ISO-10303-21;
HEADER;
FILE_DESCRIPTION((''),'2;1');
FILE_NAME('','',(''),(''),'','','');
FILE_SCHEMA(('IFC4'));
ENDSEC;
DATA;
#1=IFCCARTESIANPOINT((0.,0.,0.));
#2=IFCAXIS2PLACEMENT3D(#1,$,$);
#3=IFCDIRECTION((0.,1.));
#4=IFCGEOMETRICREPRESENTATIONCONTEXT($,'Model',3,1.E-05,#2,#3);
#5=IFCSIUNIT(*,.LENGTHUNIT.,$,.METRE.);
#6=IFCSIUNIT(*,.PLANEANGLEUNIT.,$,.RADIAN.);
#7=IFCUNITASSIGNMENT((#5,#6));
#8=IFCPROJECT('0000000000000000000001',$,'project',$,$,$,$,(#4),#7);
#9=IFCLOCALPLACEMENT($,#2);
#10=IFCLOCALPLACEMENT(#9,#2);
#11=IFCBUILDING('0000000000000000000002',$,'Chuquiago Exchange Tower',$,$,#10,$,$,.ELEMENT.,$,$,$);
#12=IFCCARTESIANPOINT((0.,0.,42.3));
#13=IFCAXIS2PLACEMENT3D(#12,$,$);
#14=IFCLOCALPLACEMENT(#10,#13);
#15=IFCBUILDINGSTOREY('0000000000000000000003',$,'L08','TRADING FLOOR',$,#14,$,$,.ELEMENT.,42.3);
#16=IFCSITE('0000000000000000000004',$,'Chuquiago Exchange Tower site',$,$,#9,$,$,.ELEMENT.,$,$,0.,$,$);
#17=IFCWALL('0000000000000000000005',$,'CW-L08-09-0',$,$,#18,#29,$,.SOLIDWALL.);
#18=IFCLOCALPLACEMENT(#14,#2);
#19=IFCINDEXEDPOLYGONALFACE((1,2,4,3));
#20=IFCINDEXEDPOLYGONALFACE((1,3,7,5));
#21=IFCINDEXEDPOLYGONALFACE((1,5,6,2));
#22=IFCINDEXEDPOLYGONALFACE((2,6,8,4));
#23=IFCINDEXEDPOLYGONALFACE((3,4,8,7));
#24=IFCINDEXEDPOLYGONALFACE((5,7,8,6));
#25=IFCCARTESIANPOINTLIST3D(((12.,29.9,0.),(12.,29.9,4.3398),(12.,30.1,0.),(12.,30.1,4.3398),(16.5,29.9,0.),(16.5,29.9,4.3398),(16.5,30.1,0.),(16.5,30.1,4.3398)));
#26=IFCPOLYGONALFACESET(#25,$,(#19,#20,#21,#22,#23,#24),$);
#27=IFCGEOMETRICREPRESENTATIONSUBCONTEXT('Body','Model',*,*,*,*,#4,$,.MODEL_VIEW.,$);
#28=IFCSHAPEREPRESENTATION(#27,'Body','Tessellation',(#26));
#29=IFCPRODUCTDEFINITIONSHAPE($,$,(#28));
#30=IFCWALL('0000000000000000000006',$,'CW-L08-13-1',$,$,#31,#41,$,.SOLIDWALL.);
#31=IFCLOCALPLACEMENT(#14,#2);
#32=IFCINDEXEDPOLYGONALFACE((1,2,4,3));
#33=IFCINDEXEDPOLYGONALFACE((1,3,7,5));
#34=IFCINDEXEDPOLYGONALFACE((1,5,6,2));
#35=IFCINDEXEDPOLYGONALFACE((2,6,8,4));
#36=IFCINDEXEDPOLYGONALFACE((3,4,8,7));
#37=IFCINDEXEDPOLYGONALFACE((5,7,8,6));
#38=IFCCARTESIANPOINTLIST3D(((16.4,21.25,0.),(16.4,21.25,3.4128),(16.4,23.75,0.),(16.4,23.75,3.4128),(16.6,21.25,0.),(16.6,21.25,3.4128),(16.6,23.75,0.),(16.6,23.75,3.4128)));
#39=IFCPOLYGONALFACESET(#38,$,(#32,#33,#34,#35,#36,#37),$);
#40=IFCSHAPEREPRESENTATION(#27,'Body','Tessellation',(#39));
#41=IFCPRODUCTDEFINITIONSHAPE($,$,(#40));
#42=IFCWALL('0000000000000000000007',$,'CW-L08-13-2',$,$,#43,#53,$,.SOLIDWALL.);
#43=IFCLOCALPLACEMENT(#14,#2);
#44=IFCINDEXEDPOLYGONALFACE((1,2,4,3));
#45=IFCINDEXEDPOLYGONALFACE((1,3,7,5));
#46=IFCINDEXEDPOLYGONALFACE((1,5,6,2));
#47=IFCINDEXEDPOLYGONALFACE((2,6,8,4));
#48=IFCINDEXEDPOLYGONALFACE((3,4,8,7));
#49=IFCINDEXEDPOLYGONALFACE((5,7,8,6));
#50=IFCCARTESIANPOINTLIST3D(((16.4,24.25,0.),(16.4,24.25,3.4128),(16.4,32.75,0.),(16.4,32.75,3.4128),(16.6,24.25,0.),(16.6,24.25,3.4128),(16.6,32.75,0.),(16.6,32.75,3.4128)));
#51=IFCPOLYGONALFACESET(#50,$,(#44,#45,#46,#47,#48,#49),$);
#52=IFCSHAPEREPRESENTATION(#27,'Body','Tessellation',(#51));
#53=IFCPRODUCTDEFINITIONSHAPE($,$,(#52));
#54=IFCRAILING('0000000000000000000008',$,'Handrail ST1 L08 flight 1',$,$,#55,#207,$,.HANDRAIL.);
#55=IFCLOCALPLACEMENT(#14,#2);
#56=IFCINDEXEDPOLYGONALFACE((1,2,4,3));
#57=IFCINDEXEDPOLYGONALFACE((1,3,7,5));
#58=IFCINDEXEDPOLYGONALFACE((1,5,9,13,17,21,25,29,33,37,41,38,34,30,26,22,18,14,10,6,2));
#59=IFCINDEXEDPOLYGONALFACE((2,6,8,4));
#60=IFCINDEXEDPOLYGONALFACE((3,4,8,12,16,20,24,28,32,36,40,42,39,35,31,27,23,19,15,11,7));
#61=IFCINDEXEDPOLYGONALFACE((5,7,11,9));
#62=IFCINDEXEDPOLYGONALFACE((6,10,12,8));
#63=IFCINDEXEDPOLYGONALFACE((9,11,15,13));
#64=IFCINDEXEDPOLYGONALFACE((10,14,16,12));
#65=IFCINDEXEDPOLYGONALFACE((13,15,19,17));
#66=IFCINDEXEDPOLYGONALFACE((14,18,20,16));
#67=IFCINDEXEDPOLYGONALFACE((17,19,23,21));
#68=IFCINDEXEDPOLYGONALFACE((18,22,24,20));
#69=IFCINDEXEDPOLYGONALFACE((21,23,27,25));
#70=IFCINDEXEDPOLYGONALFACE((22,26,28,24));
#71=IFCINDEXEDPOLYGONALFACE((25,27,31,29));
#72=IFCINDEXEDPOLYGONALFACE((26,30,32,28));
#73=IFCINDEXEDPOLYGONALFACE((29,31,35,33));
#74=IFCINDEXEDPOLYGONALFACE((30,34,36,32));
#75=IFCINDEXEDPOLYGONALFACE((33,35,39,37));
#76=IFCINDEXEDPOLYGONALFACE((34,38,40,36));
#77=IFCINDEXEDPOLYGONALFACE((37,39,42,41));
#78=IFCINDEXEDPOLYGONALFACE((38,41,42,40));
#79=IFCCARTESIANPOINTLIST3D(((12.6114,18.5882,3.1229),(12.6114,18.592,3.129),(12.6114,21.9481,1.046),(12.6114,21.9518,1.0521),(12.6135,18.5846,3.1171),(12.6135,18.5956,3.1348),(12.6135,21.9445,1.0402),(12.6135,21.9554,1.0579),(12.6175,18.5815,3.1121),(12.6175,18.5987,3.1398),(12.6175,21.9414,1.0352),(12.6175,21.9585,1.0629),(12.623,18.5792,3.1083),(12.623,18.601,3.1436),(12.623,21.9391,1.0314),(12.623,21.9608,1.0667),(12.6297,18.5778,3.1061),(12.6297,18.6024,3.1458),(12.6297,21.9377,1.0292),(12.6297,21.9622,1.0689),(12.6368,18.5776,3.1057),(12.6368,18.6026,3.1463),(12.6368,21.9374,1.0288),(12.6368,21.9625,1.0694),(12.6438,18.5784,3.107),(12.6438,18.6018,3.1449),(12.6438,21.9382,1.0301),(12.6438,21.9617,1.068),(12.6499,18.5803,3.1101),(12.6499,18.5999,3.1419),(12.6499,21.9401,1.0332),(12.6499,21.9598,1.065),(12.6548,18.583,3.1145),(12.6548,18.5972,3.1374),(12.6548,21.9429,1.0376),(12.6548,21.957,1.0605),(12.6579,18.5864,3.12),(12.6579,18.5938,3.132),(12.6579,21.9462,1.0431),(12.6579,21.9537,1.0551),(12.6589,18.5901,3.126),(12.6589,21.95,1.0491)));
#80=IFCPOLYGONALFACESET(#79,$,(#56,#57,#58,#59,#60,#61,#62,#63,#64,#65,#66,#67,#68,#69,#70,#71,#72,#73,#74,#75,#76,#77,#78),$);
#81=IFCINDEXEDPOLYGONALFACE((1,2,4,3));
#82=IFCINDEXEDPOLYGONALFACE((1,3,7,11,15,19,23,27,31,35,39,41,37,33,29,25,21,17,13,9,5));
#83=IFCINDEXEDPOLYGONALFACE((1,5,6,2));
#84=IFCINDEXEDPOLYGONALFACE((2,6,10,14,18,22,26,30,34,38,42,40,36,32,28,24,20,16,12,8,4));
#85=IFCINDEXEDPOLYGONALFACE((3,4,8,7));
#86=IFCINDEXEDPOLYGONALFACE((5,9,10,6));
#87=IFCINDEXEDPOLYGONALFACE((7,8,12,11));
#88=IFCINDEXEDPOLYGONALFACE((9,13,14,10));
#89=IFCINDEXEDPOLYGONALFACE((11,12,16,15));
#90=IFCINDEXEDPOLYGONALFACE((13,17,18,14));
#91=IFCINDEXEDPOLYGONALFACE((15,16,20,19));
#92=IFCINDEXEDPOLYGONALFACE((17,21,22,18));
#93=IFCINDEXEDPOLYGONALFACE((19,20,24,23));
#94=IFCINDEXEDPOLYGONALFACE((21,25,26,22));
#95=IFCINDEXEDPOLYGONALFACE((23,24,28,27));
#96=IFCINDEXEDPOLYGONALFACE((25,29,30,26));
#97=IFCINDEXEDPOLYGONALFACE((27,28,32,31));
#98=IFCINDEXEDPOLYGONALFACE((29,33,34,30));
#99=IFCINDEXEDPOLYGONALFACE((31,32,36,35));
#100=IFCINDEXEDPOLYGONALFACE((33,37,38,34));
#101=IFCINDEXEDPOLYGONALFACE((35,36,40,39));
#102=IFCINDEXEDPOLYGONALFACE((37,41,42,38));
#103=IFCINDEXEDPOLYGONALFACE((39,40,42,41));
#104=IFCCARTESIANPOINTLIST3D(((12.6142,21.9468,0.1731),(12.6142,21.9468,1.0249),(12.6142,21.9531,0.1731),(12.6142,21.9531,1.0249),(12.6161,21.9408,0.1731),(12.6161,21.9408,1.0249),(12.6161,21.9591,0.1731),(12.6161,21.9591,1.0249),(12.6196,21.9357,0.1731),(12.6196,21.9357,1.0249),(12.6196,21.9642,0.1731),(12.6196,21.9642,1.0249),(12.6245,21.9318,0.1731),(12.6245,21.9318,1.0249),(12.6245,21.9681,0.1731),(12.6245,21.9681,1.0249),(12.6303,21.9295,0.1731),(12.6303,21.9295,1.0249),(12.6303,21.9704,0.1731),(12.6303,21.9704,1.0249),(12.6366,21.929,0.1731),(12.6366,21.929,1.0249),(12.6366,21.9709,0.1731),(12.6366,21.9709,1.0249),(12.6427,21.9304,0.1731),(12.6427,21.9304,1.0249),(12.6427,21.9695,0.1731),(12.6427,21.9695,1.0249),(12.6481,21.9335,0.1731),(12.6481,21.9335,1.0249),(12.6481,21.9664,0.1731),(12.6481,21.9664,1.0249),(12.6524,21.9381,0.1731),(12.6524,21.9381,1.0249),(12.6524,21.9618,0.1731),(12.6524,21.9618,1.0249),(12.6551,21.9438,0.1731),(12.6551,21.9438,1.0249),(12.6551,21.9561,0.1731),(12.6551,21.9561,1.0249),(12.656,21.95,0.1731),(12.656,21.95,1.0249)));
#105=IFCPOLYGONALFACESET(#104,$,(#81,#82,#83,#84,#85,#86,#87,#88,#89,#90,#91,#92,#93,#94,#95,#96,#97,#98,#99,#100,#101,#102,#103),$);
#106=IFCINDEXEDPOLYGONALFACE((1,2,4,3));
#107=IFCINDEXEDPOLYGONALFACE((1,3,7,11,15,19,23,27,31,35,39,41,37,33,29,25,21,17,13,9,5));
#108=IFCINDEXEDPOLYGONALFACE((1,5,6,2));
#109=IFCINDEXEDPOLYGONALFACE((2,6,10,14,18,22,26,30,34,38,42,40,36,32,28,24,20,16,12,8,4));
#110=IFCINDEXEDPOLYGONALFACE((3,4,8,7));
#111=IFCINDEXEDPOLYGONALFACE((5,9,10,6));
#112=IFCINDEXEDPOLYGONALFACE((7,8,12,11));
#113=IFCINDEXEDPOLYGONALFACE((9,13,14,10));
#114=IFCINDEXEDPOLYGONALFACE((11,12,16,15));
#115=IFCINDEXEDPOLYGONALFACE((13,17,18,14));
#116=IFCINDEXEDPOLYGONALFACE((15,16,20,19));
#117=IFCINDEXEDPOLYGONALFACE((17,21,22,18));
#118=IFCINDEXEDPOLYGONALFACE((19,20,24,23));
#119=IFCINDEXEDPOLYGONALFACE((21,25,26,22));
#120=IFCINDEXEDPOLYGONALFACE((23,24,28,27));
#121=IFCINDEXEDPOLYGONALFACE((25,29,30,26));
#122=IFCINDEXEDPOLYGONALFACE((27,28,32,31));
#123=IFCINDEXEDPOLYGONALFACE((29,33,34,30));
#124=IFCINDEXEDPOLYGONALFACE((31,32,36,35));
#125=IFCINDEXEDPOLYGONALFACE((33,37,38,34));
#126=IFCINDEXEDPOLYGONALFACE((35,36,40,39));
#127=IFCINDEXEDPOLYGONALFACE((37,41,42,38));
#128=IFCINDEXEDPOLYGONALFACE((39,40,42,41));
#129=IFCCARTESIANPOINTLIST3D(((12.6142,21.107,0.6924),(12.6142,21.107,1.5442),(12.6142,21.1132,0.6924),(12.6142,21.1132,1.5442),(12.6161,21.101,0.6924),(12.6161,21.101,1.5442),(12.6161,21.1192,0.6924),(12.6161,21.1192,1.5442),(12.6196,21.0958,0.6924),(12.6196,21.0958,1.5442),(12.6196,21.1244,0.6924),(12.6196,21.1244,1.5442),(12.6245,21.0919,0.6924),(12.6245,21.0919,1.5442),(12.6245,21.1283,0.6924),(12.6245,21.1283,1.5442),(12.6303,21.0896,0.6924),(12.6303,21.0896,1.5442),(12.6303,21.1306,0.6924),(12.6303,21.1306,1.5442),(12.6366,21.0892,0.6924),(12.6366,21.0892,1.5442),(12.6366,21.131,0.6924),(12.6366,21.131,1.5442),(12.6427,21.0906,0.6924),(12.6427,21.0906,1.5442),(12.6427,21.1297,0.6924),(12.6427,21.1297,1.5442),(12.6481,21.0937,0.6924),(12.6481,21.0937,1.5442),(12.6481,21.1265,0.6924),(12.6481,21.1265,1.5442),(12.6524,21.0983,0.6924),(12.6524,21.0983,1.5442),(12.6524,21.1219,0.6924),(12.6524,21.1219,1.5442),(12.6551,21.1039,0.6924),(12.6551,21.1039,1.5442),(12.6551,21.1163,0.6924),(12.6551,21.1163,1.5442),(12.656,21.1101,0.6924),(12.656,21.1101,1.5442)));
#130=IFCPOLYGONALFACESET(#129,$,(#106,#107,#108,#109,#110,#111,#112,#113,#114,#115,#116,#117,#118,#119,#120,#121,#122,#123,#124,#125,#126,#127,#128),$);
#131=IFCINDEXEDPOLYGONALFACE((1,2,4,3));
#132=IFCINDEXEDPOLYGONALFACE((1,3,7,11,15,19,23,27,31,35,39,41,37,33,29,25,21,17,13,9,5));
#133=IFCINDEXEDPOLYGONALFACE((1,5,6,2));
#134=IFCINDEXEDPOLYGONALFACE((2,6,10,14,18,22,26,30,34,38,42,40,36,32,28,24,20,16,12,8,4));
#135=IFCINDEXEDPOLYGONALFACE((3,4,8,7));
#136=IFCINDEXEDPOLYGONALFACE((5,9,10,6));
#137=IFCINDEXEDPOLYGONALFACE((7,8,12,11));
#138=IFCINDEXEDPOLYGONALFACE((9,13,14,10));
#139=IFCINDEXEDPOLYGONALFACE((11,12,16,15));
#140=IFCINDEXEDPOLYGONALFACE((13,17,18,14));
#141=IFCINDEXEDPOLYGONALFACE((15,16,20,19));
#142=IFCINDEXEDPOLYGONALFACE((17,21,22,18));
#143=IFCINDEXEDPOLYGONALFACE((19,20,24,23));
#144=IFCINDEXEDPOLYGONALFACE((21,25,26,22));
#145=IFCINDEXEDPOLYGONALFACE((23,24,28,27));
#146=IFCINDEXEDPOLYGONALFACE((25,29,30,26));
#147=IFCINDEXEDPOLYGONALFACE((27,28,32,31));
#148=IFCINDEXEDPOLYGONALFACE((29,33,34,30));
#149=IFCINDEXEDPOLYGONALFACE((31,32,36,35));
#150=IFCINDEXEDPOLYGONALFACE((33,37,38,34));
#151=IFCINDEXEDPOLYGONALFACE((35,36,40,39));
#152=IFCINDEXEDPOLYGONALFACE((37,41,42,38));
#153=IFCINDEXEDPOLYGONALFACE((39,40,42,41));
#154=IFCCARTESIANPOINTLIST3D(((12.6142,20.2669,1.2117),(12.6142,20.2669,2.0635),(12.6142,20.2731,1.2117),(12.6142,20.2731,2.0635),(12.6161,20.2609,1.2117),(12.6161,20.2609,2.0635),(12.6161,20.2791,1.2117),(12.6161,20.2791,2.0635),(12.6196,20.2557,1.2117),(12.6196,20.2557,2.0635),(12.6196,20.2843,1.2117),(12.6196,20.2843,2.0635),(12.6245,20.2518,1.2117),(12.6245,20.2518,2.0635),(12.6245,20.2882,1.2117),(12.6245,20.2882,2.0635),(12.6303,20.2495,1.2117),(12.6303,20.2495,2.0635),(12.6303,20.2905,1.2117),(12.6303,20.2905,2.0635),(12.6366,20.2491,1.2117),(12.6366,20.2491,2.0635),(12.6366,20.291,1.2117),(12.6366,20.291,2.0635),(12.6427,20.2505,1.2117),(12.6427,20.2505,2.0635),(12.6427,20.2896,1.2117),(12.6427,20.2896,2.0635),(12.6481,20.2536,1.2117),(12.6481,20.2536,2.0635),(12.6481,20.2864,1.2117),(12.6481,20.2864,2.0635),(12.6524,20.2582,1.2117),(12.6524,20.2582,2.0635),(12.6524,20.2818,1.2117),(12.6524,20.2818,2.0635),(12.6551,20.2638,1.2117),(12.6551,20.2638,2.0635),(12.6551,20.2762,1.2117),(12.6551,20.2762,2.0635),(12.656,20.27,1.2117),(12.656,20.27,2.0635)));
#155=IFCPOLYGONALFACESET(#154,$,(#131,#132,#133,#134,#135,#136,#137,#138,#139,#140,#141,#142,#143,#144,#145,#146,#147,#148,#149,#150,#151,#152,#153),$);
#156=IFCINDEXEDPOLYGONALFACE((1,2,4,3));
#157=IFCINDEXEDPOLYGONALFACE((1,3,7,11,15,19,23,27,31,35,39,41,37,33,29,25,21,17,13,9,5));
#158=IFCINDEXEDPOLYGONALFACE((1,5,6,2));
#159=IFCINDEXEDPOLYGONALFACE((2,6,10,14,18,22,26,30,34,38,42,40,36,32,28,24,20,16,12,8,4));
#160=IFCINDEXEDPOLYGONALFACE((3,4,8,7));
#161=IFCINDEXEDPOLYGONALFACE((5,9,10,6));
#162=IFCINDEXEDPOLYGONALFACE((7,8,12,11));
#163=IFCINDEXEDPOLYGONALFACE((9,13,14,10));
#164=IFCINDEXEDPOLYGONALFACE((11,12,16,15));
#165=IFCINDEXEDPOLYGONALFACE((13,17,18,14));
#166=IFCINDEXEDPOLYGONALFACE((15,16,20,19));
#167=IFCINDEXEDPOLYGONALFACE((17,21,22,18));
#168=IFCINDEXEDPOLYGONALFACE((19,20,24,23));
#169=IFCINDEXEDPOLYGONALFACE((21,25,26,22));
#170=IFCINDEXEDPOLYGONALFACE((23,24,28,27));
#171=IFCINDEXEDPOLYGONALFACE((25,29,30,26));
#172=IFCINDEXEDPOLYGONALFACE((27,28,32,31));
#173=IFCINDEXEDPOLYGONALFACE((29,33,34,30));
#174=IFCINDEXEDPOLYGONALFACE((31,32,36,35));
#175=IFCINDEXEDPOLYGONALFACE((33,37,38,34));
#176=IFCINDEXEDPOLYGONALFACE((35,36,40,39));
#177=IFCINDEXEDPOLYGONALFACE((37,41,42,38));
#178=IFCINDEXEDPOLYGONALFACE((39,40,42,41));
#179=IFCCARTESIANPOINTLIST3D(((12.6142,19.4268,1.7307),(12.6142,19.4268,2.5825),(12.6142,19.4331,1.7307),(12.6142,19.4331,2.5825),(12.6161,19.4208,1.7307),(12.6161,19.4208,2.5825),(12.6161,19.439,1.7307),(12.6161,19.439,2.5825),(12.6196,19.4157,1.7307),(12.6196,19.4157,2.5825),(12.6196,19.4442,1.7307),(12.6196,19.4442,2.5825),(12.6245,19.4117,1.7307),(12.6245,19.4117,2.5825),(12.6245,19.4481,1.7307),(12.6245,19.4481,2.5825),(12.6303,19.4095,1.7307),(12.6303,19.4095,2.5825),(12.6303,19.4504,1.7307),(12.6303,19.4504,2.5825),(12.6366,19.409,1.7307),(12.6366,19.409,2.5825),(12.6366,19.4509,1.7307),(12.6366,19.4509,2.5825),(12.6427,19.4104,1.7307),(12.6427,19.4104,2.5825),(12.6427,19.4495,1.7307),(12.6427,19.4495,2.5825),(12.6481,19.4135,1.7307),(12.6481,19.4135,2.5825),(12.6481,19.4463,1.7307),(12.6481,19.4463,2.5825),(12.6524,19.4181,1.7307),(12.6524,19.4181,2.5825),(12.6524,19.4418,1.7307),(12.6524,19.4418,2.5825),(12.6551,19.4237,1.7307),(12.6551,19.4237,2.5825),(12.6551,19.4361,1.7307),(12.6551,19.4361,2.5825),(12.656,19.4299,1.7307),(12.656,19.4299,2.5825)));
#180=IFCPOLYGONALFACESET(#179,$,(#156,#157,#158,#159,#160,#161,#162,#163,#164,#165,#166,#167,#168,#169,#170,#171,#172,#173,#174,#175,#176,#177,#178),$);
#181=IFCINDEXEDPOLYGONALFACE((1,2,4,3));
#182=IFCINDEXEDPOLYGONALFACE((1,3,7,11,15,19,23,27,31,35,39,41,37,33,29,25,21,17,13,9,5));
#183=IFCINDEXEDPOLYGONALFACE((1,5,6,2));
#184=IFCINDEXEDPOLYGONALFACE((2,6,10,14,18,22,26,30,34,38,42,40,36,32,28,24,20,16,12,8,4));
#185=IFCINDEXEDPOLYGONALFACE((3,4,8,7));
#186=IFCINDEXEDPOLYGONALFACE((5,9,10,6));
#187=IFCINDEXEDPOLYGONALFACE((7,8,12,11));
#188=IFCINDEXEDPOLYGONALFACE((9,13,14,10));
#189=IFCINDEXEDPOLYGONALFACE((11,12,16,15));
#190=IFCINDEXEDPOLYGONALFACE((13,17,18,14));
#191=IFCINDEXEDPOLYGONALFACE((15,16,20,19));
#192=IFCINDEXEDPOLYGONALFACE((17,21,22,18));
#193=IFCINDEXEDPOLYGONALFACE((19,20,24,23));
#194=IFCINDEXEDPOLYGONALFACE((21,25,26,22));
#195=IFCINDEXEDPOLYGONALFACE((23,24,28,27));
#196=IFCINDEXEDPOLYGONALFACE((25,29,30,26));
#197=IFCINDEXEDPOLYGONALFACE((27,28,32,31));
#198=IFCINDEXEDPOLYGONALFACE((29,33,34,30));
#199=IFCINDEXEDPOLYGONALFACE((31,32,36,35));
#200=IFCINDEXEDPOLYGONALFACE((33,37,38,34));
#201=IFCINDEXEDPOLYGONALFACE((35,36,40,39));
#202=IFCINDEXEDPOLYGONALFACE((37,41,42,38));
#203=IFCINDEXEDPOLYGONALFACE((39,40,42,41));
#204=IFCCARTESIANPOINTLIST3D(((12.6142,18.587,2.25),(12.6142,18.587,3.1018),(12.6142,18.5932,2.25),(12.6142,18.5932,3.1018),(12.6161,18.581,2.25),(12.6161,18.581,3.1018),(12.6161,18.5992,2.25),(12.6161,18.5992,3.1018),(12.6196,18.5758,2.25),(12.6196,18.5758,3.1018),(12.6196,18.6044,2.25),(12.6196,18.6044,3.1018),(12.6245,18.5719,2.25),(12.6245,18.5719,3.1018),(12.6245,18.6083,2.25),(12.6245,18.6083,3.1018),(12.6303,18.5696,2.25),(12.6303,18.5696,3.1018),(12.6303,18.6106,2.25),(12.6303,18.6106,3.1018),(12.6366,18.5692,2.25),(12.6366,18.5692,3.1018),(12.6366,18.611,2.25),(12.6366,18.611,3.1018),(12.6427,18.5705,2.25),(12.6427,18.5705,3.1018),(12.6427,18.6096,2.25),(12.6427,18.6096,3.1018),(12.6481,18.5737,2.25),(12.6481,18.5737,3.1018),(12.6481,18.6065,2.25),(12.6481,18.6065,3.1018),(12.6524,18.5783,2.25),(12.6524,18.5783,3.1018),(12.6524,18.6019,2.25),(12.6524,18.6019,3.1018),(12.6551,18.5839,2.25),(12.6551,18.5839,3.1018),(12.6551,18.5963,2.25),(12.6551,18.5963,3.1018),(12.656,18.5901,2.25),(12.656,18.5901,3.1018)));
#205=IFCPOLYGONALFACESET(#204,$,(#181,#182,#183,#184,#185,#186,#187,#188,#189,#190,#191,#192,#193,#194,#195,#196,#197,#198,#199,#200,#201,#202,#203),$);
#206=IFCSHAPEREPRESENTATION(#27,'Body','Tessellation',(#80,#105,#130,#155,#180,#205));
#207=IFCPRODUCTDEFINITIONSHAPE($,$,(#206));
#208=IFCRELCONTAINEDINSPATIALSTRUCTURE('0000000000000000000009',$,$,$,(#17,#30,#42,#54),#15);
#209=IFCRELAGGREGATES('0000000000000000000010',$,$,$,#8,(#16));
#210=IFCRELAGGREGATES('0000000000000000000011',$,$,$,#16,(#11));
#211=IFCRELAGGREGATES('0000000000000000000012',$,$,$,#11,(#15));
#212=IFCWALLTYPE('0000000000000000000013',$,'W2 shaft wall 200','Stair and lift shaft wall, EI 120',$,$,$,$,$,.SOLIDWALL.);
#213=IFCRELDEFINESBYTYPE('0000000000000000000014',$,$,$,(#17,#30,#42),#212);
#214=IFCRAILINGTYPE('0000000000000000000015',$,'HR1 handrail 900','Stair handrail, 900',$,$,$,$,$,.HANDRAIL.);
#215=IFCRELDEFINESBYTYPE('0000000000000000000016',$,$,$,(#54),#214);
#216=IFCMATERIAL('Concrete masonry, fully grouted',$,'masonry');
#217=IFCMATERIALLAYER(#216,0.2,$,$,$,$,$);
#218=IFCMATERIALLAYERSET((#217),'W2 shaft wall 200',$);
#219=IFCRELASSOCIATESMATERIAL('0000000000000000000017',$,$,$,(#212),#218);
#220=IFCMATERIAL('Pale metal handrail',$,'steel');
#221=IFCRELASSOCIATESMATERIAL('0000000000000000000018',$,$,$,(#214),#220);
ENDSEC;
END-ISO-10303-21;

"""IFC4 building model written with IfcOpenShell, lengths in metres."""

from ifc_helpers import new_model, si_unit, direction, frame, frame_2d, origin, origin_2d, place, context, subcontext, project, spatial, rectangle, circle, extrude, material, layer, layer_set, type_object, element, save


model = new_model("IFC4")

# Units and contexts
model_context = context("Model", 3, precision=1e-05, world=origin(), true_north=direction((0.0, 1.0)))
body_context = subcontext(model_context, "Body", "Model", "MODEL_VIEW")
ifc_project = project(units=[si_unit("LENGTHUNIT", "METRE"), si_unit("PLANEANGLEUNIT", "RADIAN")], contexts=[model_context])

# Site, building, storey
site_placement = place(None, origin())
site = spatial("IfcSite", under=ifc_project, at=site_placement, Name="Chuquiago Exchange Tower site", CompositionType="ELEMENT", RefElevation=0.0)
building_placement = place(site_placement, origin())
building = spatial("IfcBuilding", under=site, at=building_placement, Name="Chuquiago Exchange Tower", CompositionType="ELEMENT")
storey_placement = place(building_placement, frame((0.0, 0.0, 42.3)))
storey = spatial("IfcBuildingStorey", under=building, at=storey_placement, Name="L08", Description="TRADING FLOOR", CompositionType="ELEMENT", Elevation=42.3)

# Shared definitions
ifc_material_1 = material(Name="Concrete masonry, fully grouted", Category="masonry")
ifc_layer_1 = layer(ifc_material_1, 0.2)
ifc_layer_set_1 = layer_set([ifc_layer_1], Name="W2 shaft wall 200")
wall_type_1 = type_object("IfcWallType", Name="W2 shaft wall 200", Description="Stair and lift shaft wall, EI 120", PredefinedType="SOLIDWALL", material=ifc_layer_set_1)

# Walls
wall_1_placement = place(storey_placement, frame((12.0, 30.0, 0.0), z_axis=(0.0, 0.0, 1.0), x_axis=(1.0, 0.0, 0.0)))
element("IfcWall", 1, at=wall_1_placement, inside=storey, type_object=wall_type_1, Name="CW-L08-09-0", PredefinedType="SOLIDWALL", context=body_context, shape_type="SweptSolid", body=[
    extrude(rectangle(XDim=4.5, YDim=0.2, at=frame_2d((2.25, 0.0))), origin(), (0.0, 0.0, 1.0), 4.3398),
])
wall_2_placement = place(storey_placement, frame((16.5, 21.25, 0.0), z_axis=(0.0, 0.0, 1.0), x_axis=(0.0, 1.0, 0.0)))
element("IfcWall", 2, at=wall_2_placement, inside=storey, type_object=wall_type_1, Name="CW-L08-13-1", PredefinedType="SOLIDWALL", context=body_context, shape_type="SweptSolid", body=[
    extrude(rectangle(XDim=2.5, YDim=0.2, at=frame_2d((1.25, 0.0))), origin(), (0.0, 0.0, 1.0), 3.4128),
])
wall_3_placement = place(storey_placement, frame((16.5, 24.25, 0.0), z_axis=(0.0, 0.0, 1.0), x_axis=(0.0, 1.0, 0.0)))
element("IfcWall", 3, at=wall_3_placement, inside=storey, type_object=wall_type_1, Name="CW-L08-13-2", PredefinedType="SOLIDWALL", context=body_context, shape_type="SweptSolid", body=[
    extrude(rectangle(XDim=8.5, YDim=0.2, at=frame_2d((4.25, 0.0))), origin(), (0.0, 0.0, 1.0), 3.4128),
])

# Railing
ifc_material_2 = material(Name="Pale metal handrail", Category="steel")
railing_type = type_object("IfcRailingType", Name="HR1 handrail 900", Description="Stair handrail, 900", PredefinedType="HANDRAIL", material=ifc_material_2)
for number, where, name in (
    (4, (12.635, 21.95, 0.1731), "Handrail ST1 L08 flight 1"),
):
    element("IfcRailing", number, at=place(storey_placement, frame(where)), inside=storey, type_object=railing_type, Name=name, PredefinedType="HANDRAIL", context=body_context, shape_type="SweptSolid", body=[
        extrude(circle(Radius=0.0239, at=origin_2d()), frame((0.0, 0.0, 0.876), z_axis=(0.0, -0.850606, 0.525803), x_axis=(1.0, 0.0, 0.0)), (0.0, 0.0, 1.0), 3.95),
        extrude(circle(Radius=0.021, at=origin_2d()), origin(), (0.0, 0.0, 1.0), 0.8518),
        extrude(circle(Radius=0.021, at=origin_2d()), frame((0.0, -0.8398, 0.5193)), (0.0, 0.0, 1.0), 0.8518),
        extrude(circle(Radius=0.021, at=origin_2d()), frame((0.0, -1.6799, 1.0386)), (0.0, 0.0, 1.0), 0.8518),
        extrude(circle(Radius=0.021, at=origin_2d()), frame((0.0, -2.52, 1.5576)), (0.0, 0.0, 1.0), 0.8518),
        extrude(circle(Radius=0.021, at=origin_2d()), frame((0.0, -3.3599, 2.0769)), (0.0, 0.0, 1.0), 0.8518),
    ])

save(model, "model.ifc")
